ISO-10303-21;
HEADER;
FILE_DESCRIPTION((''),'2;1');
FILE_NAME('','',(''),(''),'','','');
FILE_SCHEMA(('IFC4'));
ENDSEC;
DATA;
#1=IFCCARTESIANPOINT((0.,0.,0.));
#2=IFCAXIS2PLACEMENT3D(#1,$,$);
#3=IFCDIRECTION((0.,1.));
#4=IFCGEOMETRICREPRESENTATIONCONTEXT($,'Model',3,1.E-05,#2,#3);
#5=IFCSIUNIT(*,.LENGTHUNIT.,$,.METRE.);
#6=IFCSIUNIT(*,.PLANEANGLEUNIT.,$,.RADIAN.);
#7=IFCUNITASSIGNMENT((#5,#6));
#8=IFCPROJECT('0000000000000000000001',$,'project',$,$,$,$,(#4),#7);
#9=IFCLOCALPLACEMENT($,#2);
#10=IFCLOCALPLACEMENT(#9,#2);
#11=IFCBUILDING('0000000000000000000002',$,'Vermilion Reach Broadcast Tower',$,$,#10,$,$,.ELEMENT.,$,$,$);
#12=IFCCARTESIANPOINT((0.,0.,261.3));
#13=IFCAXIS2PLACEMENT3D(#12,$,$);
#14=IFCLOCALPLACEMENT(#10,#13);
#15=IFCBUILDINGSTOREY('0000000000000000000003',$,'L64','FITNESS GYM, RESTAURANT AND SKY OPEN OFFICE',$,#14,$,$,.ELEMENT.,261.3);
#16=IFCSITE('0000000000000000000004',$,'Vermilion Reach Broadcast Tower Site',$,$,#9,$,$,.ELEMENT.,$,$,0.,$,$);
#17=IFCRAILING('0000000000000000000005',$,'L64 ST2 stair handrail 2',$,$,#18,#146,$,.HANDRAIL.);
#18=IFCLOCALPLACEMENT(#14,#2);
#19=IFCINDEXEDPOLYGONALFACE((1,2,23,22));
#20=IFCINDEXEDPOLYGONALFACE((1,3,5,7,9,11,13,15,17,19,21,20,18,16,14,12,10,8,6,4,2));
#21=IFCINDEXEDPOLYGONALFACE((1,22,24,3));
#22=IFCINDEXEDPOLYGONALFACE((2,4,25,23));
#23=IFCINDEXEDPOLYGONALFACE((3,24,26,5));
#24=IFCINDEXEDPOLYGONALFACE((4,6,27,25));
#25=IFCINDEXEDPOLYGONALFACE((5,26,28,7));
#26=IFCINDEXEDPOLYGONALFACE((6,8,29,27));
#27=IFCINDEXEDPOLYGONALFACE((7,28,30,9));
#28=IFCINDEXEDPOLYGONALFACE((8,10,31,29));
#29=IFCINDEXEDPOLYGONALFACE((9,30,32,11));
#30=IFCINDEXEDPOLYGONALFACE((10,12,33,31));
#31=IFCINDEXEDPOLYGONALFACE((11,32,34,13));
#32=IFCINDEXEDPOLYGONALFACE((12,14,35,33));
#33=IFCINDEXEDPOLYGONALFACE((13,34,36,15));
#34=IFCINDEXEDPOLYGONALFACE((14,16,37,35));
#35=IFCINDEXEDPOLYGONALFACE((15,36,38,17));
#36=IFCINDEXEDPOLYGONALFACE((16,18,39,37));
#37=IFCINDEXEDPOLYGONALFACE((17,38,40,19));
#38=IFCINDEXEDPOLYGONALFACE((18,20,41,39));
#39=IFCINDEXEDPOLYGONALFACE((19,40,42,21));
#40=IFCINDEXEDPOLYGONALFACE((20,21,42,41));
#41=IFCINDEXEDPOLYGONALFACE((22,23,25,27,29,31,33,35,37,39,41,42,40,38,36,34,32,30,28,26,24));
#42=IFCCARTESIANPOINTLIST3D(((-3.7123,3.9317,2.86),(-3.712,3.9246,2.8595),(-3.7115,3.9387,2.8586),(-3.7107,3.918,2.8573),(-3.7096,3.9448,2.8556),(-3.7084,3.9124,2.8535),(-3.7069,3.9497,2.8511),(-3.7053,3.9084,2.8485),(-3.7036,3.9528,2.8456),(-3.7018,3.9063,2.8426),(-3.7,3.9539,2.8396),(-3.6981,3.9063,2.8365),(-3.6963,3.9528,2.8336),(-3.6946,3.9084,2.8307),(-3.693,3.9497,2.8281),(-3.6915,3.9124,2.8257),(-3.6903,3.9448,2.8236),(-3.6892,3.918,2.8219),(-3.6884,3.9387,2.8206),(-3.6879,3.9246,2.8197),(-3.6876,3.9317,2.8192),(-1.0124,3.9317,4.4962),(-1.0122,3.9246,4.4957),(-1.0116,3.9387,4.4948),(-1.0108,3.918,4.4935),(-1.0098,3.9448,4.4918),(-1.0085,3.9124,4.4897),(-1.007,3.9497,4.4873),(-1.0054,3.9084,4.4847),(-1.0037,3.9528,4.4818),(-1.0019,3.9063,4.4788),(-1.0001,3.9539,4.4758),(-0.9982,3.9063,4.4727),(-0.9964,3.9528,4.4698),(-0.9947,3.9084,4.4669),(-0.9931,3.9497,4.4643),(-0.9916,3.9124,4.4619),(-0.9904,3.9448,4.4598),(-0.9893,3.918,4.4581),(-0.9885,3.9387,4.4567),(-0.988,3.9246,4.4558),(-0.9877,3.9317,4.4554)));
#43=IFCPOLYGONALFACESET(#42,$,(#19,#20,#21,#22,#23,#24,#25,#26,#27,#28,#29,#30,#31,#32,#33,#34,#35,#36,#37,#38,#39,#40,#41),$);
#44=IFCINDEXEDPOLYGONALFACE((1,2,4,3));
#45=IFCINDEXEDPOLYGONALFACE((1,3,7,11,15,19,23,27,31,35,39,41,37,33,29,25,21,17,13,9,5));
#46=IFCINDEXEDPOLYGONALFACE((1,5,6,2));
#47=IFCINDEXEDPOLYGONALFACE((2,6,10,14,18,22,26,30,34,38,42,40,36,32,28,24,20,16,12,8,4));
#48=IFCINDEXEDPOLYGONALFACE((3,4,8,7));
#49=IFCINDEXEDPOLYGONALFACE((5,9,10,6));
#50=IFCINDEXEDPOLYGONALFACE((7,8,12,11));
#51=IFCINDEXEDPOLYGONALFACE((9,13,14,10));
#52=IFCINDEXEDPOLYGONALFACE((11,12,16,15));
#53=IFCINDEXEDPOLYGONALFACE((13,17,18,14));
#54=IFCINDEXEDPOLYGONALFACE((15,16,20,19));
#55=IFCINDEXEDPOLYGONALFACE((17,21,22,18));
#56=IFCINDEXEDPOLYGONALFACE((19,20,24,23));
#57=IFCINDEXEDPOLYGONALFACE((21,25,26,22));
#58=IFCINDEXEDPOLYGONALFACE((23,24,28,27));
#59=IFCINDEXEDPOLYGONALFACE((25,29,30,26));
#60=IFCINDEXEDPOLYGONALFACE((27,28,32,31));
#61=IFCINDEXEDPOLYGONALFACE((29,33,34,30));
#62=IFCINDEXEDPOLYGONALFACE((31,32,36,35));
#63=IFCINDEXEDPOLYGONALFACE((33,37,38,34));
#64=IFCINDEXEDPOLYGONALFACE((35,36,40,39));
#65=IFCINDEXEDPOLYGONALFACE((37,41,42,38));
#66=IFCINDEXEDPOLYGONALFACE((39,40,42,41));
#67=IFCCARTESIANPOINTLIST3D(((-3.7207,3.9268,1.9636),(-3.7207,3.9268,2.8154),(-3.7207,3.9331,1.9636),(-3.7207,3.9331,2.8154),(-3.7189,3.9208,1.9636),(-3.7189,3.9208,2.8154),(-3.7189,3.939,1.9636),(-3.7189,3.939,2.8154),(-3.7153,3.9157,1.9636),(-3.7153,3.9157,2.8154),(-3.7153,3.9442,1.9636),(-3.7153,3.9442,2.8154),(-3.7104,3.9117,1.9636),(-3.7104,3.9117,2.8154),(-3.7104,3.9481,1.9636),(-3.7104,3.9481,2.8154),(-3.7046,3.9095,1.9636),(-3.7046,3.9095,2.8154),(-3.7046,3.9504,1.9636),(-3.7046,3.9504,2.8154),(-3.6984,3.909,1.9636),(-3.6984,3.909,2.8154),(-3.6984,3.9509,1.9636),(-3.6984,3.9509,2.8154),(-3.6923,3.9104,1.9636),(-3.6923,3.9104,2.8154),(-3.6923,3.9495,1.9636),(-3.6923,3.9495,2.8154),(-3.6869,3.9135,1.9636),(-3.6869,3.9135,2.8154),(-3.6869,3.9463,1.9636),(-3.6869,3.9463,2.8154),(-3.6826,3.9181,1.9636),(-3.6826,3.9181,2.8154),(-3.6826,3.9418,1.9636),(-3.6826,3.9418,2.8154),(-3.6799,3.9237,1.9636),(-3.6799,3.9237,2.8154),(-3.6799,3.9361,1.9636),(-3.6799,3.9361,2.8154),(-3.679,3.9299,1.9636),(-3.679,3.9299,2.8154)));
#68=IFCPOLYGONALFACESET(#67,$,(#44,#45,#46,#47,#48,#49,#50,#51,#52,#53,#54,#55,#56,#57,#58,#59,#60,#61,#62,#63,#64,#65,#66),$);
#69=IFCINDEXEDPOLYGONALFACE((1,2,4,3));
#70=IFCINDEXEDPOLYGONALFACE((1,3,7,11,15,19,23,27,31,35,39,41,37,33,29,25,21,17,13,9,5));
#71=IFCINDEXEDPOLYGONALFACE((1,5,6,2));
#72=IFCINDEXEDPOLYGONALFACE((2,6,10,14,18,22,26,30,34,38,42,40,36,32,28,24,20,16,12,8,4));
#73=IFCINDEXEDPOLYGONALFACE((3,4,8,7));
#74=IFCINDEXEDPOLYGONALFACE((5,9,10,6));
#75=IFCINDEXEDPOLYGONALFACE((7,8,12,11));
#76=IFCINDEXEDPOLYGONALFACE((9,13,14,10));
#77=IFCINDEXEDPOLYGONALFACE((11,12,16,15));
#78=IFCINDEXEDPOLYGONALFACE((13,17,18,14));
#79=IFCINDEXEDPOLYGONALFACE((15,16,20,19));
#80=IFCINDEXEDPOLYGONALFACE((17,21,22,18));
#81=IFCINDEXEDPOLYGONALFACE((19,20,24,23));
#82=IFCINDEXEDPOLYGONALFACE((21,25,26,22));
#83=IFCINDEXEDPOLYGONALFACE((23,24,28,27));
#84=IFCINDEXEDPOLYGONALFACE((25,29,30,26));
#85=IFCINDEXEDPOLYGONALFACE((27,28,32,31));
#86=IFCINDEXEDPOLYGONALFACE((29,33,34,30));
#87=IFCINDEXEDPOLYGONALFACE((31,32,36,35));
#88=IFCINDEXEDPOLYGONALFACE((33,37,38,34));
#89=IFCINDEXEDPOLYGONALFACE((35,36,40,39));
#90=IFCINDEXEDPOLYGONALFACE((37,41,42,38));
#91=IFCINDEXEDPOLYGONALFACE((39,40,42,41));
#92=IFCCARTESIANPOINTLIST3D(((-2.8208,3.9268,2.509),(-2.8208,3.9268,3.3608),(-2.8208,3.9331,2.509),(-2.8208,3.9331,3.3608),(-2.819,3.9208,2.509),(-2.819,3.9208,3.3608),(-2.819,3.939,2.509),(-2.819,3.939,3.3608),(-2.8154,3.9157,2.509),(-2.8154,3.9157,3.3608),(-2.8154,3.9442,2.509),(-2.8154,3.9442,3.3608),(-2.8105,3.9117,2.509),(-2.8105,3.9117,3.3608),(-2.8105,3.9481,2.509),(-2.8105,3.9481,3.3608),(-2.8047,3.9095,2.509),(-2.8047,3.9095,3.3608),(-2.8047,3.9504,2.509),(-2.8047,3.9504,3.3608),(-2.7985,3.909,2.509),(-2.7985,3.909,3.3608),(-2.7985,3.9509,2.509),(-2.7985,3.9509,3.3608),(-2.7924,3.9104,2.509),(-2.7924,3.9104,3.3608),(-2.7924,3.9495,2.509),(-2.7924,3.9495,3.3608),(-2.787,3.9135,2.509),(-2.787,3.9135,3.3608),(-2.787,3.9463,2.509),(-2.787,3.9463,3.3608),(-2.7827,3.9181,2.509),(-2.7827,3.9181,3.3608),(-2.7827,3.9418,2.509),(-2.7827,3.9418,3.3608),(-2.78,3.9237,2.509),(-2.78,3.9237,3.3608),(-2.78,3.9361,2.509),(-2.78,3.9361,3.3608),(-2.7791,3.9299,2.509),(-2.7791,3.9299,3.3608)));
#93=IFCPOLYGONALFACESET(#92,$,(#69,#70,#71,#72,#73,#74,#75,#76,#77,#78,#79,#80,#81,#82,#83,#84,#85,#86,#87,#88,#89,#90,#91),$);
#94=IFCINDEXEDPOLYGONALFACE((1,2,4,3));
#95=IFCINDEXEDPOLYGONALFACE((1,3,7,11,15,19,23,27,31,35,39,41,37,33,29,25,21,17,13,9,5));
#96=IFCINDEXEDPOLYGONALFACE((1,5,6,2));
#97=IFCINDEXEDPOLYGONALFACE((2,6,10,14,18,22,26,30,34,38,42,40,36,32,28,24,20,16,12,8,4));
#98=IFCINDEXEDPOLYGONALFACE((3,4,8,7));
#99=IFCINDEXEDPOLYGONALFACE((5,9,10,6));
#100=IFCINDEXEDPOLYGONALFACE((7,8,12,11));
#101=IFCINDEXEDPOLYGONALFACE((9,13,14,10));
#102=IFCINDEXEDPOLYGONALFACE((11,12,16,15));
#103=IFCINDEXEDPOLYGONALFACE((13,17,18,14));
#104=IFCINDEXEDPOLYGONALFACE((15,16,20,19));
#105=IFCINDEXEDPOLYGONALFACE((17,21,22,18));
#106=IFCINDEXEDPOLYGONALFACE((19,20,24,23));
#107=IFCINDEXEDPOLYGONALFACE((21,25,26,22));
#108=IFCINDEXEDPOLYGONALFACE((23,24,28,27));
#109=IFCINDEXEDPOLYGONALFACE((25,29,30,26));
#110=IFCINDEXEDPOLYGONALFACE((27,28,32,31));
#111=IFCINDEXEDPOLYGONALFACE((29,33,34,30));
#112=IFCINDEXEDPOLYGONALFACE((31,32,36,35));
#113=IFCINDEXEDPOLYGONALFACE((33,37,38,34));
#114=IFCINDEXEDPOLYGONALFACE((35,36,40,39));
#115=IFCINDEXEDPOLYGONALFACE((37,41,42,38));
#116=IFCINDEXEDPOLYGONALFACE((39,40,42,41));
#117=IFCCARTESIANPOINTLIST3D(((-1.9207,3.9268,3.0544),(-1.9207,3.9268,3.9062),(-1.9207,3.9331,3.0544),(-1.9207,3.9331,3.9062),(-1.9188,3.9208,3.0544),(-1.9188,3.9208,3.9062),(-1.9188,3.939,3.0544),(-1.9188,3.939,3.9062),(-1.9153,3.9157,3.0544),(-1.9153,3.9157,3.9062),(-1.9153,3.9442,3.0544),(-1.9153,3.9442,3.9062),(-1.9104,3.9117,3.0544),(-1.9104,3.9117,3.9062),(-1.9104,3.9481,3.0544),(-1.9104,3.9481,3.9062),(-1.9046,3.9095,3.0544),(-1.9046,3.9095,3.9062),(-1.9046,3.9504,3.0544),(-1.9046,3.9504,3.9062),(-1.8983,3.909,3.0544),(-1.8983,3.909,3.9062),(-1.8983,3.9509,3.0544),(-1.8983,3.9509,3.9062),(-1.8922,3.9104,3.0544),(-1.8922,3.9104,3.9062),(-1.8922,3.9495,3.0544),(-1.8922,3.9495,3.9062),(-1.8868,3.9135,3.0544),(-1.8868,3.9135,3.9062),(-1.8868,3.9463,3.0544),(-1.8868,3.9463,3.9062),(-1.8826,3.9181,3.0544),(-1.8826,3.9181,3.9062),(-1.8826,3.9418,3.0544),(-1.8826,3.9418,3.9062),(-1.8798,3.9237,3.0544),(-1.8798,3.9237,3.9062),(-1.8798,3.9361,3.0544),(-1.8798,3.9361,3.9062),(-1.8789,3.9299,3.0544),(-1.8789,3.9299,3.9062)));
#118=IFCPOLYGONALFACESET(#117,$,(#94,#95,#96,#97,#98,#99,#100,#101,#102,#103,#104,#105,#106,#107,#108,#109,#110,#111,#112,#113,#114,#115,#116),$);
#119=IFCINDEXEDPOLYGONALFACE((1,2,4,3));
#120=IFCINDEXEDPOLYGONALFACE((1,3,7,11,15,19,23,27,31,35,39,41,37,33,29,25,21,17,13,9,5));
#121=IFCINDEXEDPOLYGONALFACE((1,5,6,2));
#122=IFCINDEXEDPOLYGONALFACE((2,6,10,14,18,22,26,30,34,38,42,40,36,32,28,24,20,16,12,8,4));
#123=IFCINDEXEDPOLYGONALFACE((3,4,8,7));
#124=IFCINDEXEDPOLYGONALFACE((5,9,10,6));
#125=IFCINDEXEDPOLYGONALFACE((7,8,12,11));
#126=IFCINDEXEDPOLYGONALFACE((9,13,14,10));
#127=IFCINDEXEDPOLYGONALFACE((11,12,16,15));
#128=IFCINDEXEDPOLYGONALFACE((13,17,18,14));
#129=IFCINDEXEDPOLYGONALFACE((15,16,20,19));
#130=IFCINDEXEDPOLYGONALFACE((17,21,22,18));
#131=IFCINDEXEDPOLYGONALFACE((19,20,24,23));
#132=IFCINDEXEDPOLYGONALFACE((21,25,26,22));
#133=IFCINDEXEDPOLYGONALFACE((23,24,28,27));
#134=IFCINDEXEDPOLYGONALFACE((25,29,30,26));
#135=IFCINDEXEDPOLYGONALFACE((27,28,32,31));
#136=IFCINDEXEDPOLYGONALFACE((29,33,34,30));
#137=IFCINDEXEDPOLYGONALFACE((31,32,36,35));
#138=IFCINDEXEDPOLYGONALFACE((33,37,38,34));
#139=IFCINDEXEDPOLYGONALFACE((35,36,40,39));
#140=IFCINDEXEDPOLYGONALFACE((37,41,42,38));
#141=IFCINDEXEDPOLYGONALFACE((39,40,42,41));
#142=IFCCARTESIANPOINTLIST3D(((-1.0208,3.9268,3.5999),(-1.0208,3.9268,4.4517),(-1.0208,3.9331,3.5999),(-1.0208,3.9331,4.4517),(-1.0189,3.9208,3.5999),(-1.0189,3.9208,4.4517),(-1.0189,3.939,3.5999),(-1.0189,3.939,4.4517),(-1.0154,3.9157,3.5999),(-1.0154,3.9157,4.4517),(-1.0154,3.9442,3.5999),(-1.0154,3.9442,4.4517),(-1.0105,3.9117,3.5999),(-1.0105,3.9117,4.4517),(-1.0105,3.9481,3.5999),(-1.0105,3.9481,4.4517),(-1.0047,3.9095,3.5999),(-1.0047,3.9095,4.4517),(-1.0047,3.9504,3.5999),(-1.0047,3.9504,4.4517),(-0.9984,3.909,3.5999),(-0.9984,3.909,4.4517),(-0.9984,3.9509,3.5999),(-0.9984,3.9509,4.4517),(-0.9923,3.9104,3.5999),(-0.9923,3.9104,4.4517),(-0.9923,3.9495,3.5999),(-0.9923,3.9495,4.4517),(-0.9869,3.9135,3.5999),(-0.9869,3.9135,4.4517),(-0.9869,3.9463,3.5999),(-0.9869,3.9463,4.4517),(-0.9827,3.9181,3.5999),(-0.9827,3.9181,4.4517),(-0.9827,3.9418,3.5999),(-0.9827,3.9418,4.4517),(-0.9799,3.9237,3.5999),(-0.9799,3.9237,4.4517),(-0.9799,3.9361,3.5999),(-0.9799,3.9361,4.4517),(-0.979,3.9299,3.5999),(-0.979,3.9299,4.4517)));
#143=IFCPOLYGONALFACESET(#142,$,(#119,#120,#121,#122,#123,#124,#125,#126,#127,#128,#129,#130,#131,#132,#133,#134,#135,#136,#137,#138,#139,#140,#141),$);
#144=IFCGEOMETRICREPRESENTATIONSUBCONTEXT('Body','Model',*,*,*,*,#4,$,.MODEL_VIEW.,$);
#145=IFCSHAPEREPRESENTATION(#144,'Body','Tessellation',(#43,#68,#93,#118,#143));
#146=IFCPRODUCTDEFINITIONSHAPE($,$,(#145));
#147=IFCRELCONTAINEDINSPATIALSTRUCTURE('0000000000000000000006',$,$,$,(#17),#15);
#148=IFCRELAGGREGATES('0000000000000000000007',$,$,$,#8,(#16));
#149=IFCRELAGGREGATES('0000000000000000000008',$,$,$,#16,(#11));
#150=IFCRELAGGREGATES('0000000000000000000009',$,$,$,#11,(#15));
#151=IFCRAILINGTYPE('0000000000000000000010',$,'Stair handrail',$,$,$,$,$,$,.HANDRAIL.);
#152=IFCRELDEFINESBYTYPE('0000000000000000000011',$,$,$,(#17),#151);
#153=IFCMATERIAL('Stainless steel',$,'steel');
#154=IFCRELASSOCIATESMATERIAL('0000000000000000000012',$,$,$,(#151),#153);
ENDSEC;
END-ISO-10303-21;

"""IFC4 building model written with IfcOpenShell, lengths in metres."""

from ifc_helpers import new_model, si_unit, direction, frame, origin, origin_2d, place, context, subcontext, project, spatial, circle, extrude, material, type_object, element, save


model = new_model("IFC4")

# Units and contexts
model_context = context("Model", 3, precision=1e-05, world=origin(), true_north=direction((0.0, 1.0)))
body_context = subcontext(model_context, "Body", "Model", "MODEL_VIEW")
ifc_project = project(units=[si_unit("LENGTHUNIT", "METRE"), si_unit("PLANEANGLEUNIT", "RADIAN")], contexts=[model_context])

# Site, building, storey
site_placement = place(None, origin())
site = spatial("IfcSite", under=ifc_project, at=site_placement, Name="Vermilion Reach Broadcast Tower Site", CompositionType="ELEMENT", RefElevation=0.0)
building_placement = place(site_placement, origin())
building = spatial("IfcBuilding", under=site, at=building_placement, Name="Vermilion Reach Broadcast Tower", CompositionType="ELEMENT")
storey_placement = place(building_placement, frame((0.0, 0.0, 261.3)))
storey = spatial("IfcBuildingStorey", under=building, at=storey_placement, Name="L64", Description="FITNESS GYM, RESTAURANT AND SKY OPEN OFFICE", CompositionType="ELEMENT", Elevation=261.3)

# Railing
ifc_material_1 = material(Name="Stainless steel", Category="steel")
railing_type_1 = type_object("IfcRailingType", Name="Stair handrail", PredefinedType="HANDRAIL", material=ifc_material_1)
railing_1_placement = place(storey_placement, frame((-3.7, 3.9299, 1.9636)))
element("IfcRailing", 1, at=railing_1_placement, inside=storey, type_object=railing_type_1, Name="L64 ST2 stair handrail 2", PredefinedType="HANDRAIL", context=body_context, shape_type="SweptSolid", body=[
    extrude(circle(Radius=0.0239, at=origin_2d()), frame((0.0, 0.0, 0.876), z_axis=(0.855212, 0.0, 0.518278), x_axis=(0.0, 1.0, 0.0)), (0.0, 0.0, 1.0), 3.157),
    extrude(circle(Radius=0.021, at=origin_2d()), origin(), (0.0, 0.0, 1.0), 0.8518),
    extrude(circle(Radius=0.021, at=origin_2d()), frame((0.8999, 0.0, 0.5454)), (0.0, 0.0, 1.0), 0.8518),
    extrude(circle(Radius=0.021, at=origin_2d()), frame((1.8, 0.0, 1.0908)), (0.0, 0.0, 1.0), 0.8518),
    extrude(circle(Radius=0.021, at=origin_2d()), frame((2.7, 0.0, 1.6362)), (0.0, 0.0, 1.0), 0.8518),
])

save(model, "model.ifc")
